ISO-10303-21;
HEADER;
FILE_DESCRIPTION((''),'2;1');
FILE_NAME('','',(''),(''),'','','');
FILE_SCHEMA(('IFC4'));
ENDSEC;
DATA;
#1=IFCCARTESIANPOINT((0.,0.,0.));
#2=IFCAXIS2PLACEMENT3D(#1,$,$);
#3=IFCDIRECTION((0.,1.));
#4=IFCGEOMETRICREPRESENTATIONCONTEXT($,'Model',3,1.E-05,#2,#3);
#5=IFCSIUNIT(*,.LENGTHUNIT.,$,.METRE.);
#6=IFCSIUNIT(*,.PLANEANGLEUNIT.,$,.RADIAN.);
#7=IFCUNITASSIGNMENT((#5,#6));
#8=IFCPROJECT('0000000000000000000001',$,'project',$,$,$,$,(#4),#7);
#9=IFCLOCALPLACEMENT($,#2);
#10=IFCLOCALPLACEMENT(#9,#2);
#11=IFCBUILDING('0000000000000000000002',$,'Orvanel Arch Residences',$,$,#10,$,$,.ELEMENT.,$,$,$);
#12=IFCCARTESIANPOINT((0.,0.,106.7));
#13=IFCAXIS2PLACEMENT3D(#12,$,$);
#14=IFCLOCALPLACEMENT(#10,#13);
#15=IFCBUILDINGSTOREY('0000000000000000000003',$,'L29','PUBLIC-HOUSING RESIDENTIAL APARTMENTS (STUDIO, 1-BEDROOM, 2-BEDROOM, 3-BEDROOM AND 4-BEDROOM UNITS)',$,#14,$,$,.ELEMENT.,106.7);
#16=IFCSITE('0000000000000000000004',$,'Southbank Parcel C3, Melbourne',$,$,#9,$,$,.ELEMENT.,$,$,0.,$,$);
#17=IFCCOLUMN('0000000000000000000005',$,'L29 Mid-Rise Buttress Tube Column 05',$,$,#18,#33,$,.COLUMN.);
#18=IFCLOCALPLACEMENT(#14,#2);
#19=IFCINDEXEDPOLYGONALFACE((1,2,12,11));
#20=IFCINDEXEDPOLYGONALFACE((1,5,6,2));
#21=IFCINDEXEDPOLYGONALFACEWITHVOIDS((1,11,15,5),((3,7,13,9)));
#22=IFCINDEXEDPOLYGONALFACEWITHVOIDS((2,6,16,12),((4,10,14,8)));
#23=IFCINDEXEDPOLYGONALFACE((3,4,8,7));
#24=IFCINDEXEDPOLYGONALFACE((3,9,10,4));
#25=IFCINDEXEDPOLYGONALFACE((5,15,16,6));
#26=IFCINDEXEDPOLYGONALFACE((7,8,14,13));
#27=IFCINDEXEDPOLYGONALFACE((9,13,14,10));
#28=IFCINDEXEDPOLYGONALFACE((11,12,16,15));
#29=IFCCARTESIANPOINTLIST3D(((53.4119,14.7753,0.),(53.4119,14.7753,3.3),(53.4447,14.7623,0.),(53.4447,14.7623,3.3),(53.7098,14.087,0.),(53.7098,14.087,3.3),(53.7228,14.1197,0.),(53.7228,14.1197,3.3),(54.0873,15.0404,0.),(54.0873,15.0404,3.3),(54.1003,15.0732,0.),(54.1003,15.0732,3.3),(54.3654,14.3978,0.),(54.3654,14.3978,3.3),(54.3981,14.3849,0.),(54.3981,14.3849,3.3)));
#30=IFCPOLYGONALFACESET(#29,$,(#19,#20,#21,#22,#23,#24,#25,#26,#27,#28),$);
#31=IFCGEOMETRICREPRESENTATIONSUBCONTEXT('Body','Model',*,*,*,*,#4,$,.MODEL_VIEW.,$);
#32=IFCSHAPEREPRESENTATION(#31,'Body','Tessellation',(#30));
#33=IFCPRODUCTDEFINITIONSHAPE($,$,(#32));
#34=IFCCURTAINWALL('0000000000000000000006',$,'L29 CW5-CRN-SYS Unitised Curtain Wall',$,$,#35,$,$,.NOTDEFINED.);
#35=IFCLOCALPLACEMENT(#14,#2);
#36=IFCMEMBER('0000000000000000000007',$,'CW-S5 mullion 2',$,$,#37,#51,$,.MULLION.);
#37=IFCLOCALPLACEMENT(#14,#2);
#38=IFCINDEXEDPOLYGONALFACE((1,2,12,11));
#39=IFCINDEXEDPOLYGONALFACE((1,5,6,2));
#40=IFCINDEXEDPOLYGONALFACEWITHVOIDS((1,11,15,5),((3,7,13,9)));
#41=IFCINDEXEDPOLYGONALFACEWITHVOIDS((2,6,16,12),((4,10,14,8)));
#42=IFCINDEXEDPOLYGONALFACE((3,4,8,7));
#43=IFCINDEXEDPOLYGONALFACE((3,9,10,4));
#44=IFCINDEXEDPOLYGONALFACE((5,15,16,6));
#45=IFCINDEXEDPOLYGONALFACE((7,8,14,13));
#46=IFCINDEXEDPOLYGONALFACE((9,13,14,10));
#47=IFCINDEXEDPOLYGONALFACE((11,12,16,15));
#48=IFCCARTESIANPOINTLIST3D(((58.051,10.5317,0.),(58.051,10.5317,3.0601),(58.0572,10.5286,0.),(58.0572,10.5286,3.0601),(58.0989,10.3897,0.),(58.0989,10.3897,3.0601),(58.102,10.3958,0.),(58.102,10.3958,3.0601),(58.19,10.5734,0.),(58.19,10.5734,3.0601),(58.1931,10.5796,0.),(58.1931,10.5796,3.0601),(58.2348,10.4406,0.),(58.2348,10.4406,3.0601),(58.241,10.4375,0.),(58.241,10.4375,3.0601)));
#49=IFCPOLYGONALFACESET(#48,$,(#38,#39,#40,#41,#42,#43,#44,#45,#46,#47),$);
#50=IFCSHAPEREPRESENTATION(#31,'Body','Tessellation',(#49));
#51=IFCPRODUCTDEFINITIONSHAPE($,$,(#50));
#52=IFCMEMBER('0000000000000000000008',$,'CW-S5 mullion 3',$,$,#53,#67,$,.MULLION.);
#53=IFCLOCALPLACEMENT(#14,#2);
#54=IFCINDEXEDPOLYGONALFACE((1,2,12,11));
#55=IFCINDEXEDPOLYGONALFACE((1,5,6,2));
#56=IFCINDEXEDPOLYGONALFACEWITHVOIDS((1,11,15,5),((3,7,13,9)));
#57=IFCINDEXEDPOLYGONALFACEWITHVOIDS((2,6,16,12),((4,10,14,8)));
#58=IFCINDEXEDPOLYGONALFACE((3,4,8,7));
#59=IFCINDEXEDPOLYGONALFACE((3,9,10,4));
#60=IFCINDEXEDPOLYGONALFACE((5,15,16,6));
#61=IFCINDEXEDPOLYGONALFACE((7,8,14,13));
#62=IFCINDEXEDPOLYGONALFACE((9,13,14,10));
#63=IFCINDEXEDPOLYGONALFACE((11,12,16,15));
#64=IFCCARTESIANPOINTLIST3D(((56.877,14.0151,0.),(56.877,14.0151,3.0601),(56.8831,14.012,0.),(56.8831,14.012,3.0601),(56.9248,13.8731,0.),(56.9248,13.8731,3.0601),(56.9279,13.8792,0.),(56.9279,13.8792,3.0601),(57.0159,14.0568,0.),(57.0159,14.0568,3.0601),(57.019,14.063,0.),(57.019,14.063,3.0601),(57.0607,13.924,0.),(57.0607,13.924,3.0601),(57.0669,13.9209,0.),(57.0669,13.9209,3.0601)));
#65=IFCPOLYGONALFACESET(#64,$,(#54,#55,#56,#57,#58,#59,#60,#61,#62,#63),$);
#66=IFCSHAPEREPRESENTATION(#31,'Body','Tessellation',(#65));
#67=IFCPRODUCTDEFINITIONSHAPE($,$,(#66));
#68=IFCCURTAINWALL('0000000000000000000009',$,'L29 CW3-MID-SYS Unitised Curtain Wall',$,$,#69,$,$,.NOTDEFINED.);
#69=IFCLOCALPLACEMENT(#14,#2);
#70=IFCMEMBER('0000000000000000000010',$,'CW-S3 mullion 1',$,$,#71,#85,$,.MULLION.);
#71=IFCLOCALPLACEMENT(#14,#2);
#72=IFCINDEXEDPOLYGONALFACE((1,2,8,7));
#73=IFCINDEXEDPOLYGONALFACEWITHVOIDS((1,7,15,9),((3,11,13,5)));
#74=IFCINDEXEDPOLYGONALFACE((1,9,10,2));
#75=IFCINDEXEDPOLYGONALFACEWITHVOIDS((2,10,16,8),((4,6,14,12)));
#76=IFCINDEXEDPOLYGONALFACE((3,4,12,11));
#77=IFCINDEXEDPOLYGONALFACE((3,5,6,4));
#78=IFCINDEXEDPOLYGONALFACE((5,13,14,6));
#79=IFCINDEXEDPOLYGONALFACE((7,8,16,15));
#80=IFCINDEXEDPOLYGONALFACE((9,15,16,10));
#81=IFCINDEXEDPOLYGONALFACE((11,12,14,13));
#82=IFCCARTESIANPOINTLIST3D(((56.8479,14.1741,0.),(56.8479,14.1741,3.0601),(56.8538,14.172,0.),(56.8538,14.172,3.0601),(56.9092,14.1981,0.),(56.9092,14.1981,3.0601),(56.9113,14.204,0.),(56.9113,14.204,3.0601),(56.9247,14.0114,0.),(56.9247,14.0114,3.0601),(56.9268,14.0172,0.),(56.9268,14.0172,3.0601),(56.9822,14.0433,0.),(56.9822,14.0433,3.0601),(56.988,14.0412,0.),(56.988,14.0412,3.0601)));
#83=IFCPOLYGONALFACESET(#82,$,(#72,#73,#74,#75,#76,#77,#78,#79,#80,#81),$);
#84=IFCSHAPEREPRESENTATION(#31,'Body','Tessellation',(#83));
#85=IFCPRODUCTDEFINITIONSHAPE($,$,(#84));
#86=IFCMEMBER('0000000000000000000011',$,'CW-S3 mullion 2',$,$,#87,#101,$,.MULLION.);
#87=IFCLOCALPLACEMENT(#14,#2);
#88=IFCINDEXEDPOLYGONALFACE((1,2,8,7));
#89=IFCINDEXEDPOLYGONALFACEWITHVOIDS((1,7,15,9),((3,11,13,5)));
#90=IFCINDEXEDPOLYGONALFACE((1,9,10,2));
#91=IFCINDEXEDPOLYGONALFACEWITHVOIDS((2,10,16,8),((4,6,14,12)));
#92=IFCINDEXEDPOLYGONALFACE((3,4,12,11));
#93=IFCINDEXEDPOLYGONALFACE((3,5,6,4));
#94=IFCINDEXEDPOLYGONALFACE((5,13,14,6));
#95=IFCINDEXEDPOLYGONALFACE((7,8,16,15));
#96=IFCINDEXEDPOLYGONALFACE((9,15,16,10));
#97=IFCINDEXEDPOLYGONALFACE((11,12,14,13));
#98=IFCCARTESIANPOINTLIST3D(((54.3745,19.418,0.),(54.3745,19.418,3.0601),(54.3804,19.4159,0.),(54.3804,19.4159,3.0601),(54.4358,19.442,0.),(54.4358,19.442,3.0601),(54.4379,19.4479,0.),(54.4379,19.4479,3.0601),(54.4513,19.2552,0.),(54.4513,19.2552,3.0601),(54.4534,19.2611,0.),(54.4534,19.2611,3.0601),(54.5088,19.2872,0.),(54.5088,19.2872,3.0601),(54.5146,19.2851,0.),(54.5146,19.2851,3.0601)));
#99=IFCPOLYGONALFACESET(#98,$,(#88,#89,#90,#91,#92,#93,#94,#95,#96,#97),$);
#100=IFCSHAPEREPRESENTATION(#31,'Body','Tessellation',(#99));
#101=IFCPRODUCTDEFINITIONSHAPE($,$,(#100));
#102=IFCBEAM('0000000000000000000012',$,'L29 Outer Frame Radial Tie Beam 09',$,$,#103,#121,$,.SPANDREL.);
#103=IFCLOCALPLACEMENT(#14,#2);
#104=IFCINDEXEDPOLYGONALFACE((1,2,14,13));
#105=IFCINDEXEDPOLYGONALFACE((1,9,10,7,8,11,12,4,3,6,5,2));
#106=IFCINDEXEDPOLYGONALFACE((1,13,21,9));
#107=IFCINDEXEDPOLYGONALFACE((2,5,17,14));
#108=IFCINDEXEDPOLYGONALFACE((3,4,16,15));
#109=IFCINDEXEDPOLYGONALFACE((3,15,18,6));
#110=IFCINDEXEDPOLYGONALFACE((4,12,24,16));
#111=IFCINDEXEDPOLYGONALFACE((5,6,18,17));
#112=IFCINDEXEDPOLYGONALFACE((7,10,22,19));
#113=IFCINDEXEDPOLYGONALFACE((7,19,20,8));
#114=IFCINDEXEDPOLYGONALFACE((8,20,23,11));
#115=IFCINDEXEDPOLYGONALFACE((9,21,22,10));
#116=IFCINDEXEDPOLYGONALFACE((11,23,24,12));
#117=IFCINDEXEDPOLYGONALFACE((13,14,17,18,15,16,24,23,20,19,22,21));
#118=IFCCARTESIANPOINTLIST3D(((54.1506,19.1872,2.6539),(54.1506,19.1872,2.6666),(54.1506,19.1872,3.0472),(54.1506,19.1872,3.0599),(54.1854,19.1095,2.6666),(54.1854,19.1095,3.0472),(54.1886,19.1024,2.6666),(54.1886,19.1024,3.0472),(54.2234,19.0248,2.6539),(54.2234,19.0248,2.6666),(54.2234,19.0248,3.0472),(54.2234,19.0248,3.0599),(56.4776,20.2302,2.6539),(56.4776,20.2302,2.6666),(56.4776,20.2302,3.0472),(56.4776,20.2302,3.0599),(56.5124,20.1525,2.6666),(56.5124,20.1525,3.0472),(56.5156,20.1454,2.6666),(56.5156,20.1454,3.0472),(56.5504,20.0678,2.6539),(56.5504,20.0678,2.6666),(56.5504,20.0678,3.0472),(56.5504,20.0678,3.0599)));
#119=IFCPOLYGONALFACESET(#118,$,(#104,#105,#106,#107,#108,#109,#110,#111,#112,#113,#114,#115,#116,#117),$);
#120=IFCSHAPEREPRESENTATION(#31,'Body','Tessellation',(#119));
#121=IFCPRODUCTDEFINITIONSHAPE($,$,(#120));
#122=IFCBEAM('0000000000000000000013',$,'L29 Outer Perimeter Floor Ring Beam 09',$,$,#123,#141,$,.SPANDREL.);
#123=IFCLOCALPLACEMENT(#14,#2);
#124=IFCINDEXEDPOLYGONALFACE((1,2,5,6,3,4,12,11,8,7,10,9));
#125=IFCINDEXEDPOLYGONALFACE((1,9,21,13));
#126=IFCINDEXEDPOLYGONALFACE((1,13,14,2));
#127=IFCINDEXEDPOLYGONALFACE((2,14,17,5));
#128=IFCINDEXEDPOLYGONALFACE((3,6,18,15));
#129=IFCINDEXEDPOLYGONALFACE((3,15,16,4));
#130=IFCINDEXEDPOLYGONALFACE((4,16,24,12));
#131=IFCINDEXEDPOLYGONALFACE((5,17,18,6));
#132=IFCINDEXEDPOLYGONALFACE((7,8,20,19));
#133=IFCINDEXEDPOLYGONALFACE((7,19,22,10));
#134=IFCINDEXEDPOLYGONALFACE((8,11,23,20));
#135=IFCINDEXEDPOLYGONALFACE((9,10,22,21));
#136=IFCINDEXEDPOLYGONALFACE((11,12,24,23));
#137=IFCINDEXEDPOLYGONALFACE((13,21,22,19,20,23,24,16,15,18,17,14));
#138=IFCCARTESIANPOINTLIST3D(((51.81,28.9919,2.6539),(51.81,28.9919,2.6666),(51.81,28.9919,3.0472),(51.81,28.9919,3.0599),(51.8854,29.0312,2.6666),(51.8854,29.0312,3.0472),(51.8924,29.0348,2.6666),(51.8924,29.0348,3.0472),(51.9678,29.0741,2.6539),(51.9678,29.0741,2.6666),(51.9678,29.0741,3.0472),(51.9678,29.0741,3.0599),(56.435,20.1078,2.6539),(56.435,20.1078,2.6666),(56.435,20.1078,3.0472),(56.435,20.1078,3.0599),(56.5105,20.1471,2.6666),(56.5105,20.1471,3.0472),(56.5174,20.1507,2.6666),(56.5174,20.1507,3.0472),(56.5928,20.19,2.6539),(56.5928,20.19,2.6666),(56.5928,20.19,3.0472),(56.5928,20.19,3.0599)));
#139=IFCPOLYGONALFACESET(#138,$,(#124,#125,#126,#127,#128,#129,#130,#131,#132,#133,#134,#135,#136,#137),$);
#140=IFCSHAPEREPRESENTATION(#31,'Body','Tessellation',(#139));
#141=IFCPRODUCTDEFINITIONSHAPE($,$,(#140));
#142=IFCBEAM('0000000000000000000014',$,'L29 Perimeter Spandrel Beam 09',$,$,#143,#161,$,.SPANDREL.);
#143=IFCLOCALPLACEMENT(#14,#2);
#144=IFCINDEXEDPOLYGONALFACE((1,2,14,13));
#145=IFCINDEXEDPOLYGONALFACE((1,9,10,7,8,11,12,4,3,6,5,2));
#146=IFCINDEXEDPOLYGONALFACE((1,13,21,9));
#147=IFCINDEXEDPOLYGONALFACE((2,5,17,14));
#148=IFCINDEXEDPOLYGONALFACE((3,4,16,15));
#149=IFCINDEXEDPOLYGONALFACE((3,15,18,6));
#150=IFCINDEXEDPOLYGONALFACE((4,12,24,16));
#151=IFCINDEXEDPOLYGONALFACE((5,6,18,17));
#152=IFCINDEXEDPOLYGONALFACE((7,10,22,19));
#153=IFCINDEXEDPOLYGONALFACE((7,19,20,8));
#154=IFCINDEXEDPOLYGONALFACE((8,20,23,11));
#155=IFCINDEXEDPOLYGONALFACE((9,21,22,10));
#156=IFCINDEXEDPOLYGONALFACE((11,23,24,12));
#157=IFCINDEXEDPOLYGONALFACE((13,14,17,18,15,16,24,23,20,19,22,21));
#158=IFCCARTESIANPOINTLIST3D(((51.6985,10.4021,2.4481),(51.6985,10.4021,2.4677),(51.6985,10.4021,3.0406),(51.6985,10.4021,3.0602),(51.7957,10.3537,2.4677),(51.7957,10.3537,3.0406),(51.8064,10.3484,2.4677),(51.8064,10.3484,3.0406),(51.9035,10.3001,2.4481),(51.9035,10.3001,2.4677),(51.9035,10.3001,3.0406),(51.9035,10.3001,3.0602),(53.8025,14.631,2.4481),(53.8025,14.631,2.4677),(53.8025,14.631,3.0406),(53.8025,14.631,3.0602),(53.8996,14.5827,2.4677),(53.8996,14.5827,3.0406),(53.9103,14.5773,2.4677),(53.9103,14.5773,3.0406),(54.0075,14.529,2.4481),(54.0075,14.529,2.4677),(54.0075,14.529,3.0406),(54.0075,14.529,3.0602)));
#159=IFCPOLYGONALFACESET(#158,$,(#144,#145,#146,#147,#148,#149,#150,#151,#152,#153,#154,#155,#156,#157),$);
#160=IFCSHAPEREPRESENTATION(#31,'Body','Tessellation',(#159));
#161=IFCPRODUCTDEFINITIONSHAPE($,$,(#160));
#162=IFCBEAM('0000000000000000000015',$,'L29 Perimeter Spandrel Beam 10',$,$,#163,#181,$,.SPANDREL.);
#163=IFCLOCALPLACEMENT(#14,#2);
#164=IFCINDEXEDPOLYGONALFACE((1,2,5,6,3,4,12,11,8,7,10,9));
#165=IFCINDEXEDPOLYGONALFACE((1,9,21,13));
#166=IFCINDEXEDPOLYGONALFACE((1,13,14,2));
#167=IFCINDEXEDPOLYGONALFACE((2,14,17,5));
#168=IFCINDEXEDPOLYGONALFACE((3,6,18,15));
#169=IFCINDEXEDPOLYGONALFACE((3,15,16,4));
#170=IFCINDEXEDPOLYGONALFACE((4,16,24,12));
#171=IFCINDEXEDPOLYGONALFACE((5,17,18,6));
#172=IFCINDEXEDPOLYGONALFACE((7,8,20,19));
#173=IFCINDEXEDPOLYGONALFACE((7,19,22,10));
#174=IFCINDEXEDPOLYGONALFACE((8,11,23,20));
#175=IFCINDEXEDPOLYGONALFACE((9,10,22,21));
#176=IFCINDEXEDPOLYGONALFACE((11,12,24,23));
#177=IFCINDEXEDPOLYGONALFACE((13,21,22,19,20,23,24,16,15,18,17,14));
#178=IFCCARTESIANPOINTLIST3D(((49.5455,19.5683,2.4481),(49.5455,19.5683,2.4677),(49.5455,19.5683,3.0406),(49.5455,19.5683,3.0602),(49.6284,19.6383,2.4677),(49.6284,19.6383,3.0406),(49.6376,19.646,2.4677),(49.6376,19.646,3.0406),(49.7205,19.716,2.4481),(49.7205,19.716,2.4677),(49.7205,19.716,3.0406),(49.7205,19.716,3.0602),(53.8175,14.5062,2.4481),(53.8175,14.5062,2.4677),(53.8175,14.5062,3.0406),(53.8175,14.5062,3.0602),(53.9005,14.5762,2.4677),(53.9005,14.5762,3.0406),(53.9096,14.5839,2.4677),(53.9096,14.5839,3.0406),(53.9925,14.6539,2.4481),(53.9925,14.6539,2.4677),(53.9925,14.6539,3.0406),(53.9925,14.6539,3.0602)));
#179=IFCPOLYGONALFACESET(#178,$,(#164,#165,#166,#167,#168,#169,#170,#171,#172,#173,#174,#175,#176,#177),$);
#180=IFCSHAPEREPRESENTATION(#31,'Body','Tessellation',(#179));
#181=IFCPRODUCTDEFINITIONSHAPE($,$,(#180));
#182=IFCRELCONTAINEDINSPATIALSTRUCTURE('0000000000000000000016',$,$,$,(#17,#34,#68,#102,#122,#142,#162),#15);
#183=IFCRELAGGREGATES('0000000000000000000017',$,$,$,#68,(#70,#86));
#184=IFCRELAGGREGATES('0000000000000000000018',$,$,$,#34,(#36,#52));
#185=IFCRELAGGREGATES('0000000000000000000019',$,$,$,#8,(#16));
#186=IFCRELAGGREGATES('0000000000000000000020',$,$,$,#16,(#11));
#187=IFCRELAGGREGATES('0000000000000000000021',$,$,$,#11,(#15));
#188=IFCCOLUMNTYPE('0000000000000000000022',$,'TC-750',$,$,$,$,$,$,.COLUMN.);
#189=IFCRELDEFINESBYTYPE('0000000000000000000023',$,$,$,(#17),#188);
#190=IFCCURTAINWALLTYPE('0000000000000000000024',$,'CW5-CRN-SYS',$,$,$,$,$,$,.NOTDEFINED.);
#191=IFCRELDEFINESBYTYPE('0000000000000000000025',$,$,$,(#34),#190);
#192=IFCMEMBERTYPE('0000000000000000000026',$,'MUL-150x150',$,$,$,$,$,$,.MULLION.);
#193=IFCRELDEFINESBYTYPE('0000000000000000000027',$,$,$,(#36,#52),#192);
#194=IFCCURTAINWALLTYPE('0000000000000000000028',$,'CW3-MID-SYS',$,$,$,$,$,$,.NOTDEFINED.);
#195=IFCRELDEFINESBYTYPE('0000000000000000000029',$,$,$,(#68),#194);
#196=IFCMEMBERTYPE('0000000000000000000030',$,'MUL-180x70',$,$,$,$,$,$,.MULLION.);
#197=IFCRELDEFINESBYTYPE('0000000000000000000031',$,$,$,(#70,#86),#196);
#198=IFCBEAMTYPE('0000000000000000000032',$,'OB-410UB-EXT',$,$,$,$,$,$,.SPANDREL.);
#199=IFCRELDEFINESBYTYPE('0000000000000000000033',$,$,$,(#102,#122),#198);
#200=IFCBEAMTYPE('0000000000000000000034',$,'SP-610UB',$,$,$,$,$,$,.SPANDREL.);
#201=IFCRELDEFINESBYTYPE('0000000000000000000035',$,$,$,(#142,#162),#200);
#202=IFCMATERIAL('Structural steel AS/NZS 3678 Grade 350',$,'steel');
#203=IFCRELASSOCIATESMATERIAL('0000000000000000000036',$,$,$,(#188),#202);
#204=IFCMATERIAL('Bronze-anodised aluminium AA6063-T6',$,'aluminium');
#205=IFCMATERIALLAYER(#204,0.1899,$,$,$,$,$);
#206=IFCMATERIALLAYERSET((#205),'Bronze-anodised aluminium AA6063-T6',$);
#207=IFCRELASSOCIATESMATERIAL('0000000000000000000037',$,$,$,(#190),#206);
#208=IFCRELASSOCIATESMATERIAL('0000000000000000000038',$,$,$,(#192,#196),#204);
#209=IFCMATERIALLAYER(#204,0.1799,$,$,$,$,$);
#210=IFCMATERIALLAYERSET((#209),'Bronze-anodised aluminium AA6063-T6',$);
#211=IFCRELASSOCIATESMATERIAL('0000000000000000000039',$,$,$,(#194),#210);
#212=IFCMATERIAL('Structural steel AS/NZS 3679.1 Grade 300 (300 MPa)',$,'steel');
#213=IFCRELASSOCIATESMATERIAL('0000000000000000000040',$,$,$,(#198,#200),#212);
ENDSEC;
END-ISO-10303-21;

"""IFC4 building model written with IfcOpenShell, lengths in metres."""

from ifc_helpers import new_model, si_unit, direction, frame, origin, origin_2d, place, context, subcontext, project, spatial, hollow_rectangle, i_section, extrude, material, layer, layer_set, material_profile, profile_set, type_object, element, aggregate, save


model = new_model("IFC4")

# Units and contexts
model_context = context("Model", 3, precision=1e-05, world=origin(), true_north=direction((0.0, 1.0)))
body_context = subcontext(model_context, "Body", "Model", "MODEL_VIEW")
ifc_project = project(units=[si_unit("LENGTHUNIT", "METRE"), si_unit("PLANEANGLEUNIT", "RADIAN")], contexts=[model_context])

# Site, building, storey
site_placement = place(None, origin())
site = spatial("IfcSite", under=ifc_project, at=site_placement, Name="Southbank Parcel C3, Melbourne", CompositionType="ELEMENT", RefElevation=0.0)
building_placement = place(site_placement, origin())
building = spatial("IfcBuilding", under=site, at=building_placement, Name="Orvanel Arch Residences", CompositionType="ELEMENT")
storey_placement = place(building_placement, frame((0.0, 0.0, 106.7)))
storey = spatial("IfcBuildingStorey", under=building, at=storey_placement, Name="L29", Description="PUBLIC-HOUSING RESIDENTIAL APARTMENTS (STUDIO, 1-BEDROOM, 2-BEDROOM, 3-BEDROOM AND 4-BEDROOM UNITS)", CompositionType="ELEMENT", Elevation=106.7)

# Column
ifc_material_1 = material(Name="Structural steel AS/NZS 3678 Grade 350", Category="steel")
ifc_material_profile_1 = material_profile(ifc_material_1, hollow_rectangle(XDim=0.75, YDim=0.75, WallThickness=0.0249, at=origin_2d()), Name="BOX750x750x25")
ifc_profile_set_1 = profile_set([ifc_material_profile_1], Name="Structural steel AS/NZS 3678 Grade 350")
column_type = type_object("IfcColumnType", Name="TC-750", PredefinedType="COLUMN", material=ifc_profile_set_1)
column_placement = place(storey_placement, frame((53.905, 14.5801, 0.0), z_axis=(0.0, 0.0, 1.0), x_axis=(-0.397148, 0.917755, 0.0)))
element("IfcColumn", 1, at=column_placement, inside=storey, type_object=column_type, Name="L29 Mid-Rise Buttress Tube Column 05", PredefinedType="COLUMN", context=body_context, shape_type="SweptSolid", body=[
    extrude(hollow_rectangle(XDim=0.75, YDim=0.75, WallThickness=0.0249, at=origin_2d()), origin(), (0.0, 0.0, 1.0), 3.3),
])

# Curtain walls, members
ifc_material_2 = material(Name="Bronze-anodised aluminium AA6063-T6", Category="aluminium")
ifc_layer_1 = layer(ifc_material_2, 0.1899)
ifc_layer_set_1 = layer_set([ifc_layer_1], Name="Bronze-anodised aluminium AA6063-T6")
curtain_wall_type_1 = type_object("IfcCurtainWallType", Name="CW5-CRN-SYS", PredefinedType="NOTDEFINED", material=ifc_layer_set_1)
curtain_wall_1_placement = place(storey_placement, origin())
curtain_wall_1 = element("IfcCurtainWall", 2, at=curtain_wall_1_placement, inside=storey, type_object=curtain_wall_type_1, Name="L29 CW5-CRN-SYS Unitised Curtain Wall", PredefinedType="NOTDEFINED")
ifc_material_profile_2 = material_profile(ifc_material_2, hollow_rectangle(XDim=0.1499, YDim=0.1499, WallThickness=0.0049, at=origin_2d()), Name="ALU150x150x5")
ifc_profile_set_2 = profile_set([ifc_material_profile_2], Name="Bronze-anodised aluminium AA6063-T6")
member_type_1 = type_object("IfcMemberType", Name="MUL-150x150", PredefinedType="MULLION", material=ifc_profile_set_2)
member_1_placement = place(storey_placement, frame((58.146, 10.4846, 0.0), z_axis=(0.0, 0.0, 1.0), x_axis=(-0.947625, -0.319385, 0.0)))
member_1 = element("IfcMember", 3, at=member_1_placement, type_object=member_type_1, Name="CW-S5 mullion 2", PredefinedType="MULLION", context=body_context, shape_type="SweptSolid", body=[
    extrude(hollow_rectangle(XDim=0.1499, YDim=0.1499, WallThickness=0.0049, at=origin_2d()), origin(), (0.0, 0.0, 1.0), 3.0601),
])
member_2_placement = place(storey_placement, frame((56.9719, 13.968, 0.0), z_axis=(0.0, 0.0, 1.0), x_axis=(-0.947625, -0.319385, 0.0)))
member_2 = element("IfcMember", 4, at=member_2_placement, type_object=member_type_1, Name="CW-S5 mullion 3", PredefinedType="MULLION", context=body_context, shape_type="SweptSolid", body=[
    extrude(hollow_rectangle(XDim=0.1499, YDim=0.1499, WallThickness=0.0049, at=origin_2d()), origin(), (0.0, 0.0, 1.0), 3.0601),
])
ifc_layer_2 = layer(ifc_material_2, 0.1799)
ifc_layer_set_2 = layer_set([ifc_layer_2], Name="Bronze-anodised aluminium AA6063-T6")
curtain_wall_type_2 = type_object("IfcCurtainWallType", Name="CW3-MID-SYS", PredefinedType="NOTDEFINED", material=ifc_layer_set_2)
curtain_wall_2_placement = place(storey_placement, origin())
curtain_wall_2 = element("IfcCurtainWall", 5, at=curtain_wall_2_placement, inside=storey, type_object=curtain_wall_type_2, Name="L29 CW3-MID-SYS Unitised Curtain Wall", PredefinedType="NOTDEFINED")
ifc_material_profile_3 = material_profile(ifc_material_2, hollow_rectangle(XDim=0.0701, YDim=0.1799, WallThickness=0.0044, at=origin_2d()), Name="ALU180x70x4.5")
ifc_profile_set_3 = profile_set([ifc_material_profile_3], Name="Bronze-anodised aluminium AA6063-T6")
member_type_2 = type_object("IfcMemberType", Name="MUL-180x70", PredefinedType="MULLION", material=ifc_profile_set_3)
member_3_placement = place(storey_placement, frame((56.918, 14.1077, 0.0), z_axis=(0.0, 0.0, 1.0), x_axis=(-0.904428, -0.426627, 0.0)))
member_3 = element("IfcMember", 6, at=member_3_placement, type_object=member_type_2, Name="CW-S3 mullion 1", PredefinedType="MULLION", context=body_context, shape_type="SweptSolid", body=[
    extrude(hollow_rectangle(XDim=0.0701, YDim=0.1799, WallThickness=0.0044, at=origin_2d()), origin(), (0.0, 0.0, 1.0), 3.0601),
])
member_4_placement = place(storey_placement, frame((54.4446, 19.3516, 0.0), z_axis=(0.0, 0.0, 1.0), x_axis=(-0.904428, -0.426627, 0.0)))
member_4 = element("IfcMember", 7, at=member_4_placement, type_object=member_type_2, Name="CW-S3 mullion 2", PredefinedType="MULLION", context=body_context, shape_type="SweptSolid", body=[
    extrude(hollow_rectangle(XDim=0.0701, YDim=0.1799, WallThickness=0.0044, at=origin_2d()), origin(), (0.0, 0.0, 1.0), 3.0601),
])

# Beams
ifc_material_3 = material(Name="Structural steel AS/NZS 3679.1 Grade 300 (300 MPa)", Category="steel")
ifc_material_profile_4 = material_profile(ifc_material_3, i_section(OverallWidth=0.178, OverallDepth=0.406, WebThickness=0.0078, FlangeThickness=0.0127, at=origin_2d()), Name="410UB59.7")
ifc_profile_set_4 = profile_set([ifc_material_profile_4], Name="Structural steel AS/NZS 3679.1 Grade 300 (300 MPa)")
beam_type_1 = type_object("IfcBeamType", Name="OB-410UB-EXT", PredefinedType="SPANDREL", material=ifc_profile_set_4)
beam_1_placement = place(storey_placement, frame((54.187, 19.106, 2.8569), z_axis=(0.912528, 0.409015, 0.0), x_axis=(-0.409015, 0.912528, 0.0)))
element("IfcBeam", 8, at=beam_1_placement, inside=storey, type_object=beam_type_1, Name="L29 Outer Frame Radial Tie Beam 09", PredefinedType="SPANDREL", context=body_context, shape_type="SweptSolid", body=[
    extrude(i_section(OverallWidth=0.178, OverallDepth=0.406, WebThickness=0.0078, FlangeThickness=0.0127, at=origin_2d()), origin(), (0.0, 0.0, 1.0), 2.55),
])
beam_2_placement = place(storey_placement, frame((56.5139, 20.1489, 2.8569), z_axis=(-0.461769, 0.887, 0.0), x_axis=(-0.887, -0.461769, 0.0)))
element("IfcBeam", 9, at=beam_2_placement, inside=storey, type_object=beam_type_1, Name="L29 Outer Perimeter Floor Ring Beam 09", PredefinedType="SPANDREL", context=body_context, shape_type="SweptSolid", body=[
    extrude(i_section(OverallWidth=0.178, OverallDepth=0.406, WebThickness=0.0078, FlangeThickness=0.0127, at=origin_2d()), origin(), (0.0, 0.0, 1.0), 10.0159),
])
ifc_material_profile_5 = material_profile(ifc_material_3, i_section(OverallWidth=0.229, OverallDepth=0.6121, WebThickness=0.012, FlangeThickness=0.0195, at=origin_2d()), Name="610UB125")
ifc_profile_set_5 = profile_set([ifc_material_profile_5], Name="Structural steel AS/NZS 3679.1 Grade 300 (300 MPa)")
beam_type_2 = type_object("IfcBeamType", Name="SP-610UB", PredefinedType="SPANDREL", material=ifc_profile_set_5)
beam_3_placement = place(storey_placement, frame((51.801, 10.3511, 2.7542), z_axis=(0.445435, 0.895314, 0.0), x_axis=(-0.895314, 0.445435, 0.0)))
element("IfcBeam", 10, at=beam_3_placement, inside=storey, type_object=beam_type_2, Name="L29 Perimeter Spandrel Beam 09", PredefinedType="SPANDREL", context=body_context, shape_type="SweptSolid", body=[
    extrude(i_section(OverallWidth=0.229, OverallDepth=0.6121, WebThickness=0.012, FlangeThickness=0.0195, at=origin_2d()), origin(), (0.0, 0.0, 1.0), 4.7234),
])
beam_4_placement = place(storey_placement, frame((53.905, 14.5801, 2.7542), z_axis=(-0.64495, 0.764224, 0.0), x_axis=(-0.764224, -0.64495, 0.0)))
element("IfcBeam", 11, at=beam_4_placement, inside=storey, type_object=beam_type_2, Name="L29 Perimeter Spandrel Beam 10", PredefinedType="SPANDREL", context=body_context, shape_type="SweptSolid", body=[
    extrude(i_section(OverallWidth=0.229, OverallDepth=0.6121, WebThickness=0.012, FlangeThickness=0.0195, at=origin_2d()), origin(), (0.0, 0.0, 1.0), 6.6238),
])

aggregate(curtain_wall_2, [member_3, member_4])
aggregate(curtain_wall_1, [member_1, member_2])

save(model, "model.ifc")
